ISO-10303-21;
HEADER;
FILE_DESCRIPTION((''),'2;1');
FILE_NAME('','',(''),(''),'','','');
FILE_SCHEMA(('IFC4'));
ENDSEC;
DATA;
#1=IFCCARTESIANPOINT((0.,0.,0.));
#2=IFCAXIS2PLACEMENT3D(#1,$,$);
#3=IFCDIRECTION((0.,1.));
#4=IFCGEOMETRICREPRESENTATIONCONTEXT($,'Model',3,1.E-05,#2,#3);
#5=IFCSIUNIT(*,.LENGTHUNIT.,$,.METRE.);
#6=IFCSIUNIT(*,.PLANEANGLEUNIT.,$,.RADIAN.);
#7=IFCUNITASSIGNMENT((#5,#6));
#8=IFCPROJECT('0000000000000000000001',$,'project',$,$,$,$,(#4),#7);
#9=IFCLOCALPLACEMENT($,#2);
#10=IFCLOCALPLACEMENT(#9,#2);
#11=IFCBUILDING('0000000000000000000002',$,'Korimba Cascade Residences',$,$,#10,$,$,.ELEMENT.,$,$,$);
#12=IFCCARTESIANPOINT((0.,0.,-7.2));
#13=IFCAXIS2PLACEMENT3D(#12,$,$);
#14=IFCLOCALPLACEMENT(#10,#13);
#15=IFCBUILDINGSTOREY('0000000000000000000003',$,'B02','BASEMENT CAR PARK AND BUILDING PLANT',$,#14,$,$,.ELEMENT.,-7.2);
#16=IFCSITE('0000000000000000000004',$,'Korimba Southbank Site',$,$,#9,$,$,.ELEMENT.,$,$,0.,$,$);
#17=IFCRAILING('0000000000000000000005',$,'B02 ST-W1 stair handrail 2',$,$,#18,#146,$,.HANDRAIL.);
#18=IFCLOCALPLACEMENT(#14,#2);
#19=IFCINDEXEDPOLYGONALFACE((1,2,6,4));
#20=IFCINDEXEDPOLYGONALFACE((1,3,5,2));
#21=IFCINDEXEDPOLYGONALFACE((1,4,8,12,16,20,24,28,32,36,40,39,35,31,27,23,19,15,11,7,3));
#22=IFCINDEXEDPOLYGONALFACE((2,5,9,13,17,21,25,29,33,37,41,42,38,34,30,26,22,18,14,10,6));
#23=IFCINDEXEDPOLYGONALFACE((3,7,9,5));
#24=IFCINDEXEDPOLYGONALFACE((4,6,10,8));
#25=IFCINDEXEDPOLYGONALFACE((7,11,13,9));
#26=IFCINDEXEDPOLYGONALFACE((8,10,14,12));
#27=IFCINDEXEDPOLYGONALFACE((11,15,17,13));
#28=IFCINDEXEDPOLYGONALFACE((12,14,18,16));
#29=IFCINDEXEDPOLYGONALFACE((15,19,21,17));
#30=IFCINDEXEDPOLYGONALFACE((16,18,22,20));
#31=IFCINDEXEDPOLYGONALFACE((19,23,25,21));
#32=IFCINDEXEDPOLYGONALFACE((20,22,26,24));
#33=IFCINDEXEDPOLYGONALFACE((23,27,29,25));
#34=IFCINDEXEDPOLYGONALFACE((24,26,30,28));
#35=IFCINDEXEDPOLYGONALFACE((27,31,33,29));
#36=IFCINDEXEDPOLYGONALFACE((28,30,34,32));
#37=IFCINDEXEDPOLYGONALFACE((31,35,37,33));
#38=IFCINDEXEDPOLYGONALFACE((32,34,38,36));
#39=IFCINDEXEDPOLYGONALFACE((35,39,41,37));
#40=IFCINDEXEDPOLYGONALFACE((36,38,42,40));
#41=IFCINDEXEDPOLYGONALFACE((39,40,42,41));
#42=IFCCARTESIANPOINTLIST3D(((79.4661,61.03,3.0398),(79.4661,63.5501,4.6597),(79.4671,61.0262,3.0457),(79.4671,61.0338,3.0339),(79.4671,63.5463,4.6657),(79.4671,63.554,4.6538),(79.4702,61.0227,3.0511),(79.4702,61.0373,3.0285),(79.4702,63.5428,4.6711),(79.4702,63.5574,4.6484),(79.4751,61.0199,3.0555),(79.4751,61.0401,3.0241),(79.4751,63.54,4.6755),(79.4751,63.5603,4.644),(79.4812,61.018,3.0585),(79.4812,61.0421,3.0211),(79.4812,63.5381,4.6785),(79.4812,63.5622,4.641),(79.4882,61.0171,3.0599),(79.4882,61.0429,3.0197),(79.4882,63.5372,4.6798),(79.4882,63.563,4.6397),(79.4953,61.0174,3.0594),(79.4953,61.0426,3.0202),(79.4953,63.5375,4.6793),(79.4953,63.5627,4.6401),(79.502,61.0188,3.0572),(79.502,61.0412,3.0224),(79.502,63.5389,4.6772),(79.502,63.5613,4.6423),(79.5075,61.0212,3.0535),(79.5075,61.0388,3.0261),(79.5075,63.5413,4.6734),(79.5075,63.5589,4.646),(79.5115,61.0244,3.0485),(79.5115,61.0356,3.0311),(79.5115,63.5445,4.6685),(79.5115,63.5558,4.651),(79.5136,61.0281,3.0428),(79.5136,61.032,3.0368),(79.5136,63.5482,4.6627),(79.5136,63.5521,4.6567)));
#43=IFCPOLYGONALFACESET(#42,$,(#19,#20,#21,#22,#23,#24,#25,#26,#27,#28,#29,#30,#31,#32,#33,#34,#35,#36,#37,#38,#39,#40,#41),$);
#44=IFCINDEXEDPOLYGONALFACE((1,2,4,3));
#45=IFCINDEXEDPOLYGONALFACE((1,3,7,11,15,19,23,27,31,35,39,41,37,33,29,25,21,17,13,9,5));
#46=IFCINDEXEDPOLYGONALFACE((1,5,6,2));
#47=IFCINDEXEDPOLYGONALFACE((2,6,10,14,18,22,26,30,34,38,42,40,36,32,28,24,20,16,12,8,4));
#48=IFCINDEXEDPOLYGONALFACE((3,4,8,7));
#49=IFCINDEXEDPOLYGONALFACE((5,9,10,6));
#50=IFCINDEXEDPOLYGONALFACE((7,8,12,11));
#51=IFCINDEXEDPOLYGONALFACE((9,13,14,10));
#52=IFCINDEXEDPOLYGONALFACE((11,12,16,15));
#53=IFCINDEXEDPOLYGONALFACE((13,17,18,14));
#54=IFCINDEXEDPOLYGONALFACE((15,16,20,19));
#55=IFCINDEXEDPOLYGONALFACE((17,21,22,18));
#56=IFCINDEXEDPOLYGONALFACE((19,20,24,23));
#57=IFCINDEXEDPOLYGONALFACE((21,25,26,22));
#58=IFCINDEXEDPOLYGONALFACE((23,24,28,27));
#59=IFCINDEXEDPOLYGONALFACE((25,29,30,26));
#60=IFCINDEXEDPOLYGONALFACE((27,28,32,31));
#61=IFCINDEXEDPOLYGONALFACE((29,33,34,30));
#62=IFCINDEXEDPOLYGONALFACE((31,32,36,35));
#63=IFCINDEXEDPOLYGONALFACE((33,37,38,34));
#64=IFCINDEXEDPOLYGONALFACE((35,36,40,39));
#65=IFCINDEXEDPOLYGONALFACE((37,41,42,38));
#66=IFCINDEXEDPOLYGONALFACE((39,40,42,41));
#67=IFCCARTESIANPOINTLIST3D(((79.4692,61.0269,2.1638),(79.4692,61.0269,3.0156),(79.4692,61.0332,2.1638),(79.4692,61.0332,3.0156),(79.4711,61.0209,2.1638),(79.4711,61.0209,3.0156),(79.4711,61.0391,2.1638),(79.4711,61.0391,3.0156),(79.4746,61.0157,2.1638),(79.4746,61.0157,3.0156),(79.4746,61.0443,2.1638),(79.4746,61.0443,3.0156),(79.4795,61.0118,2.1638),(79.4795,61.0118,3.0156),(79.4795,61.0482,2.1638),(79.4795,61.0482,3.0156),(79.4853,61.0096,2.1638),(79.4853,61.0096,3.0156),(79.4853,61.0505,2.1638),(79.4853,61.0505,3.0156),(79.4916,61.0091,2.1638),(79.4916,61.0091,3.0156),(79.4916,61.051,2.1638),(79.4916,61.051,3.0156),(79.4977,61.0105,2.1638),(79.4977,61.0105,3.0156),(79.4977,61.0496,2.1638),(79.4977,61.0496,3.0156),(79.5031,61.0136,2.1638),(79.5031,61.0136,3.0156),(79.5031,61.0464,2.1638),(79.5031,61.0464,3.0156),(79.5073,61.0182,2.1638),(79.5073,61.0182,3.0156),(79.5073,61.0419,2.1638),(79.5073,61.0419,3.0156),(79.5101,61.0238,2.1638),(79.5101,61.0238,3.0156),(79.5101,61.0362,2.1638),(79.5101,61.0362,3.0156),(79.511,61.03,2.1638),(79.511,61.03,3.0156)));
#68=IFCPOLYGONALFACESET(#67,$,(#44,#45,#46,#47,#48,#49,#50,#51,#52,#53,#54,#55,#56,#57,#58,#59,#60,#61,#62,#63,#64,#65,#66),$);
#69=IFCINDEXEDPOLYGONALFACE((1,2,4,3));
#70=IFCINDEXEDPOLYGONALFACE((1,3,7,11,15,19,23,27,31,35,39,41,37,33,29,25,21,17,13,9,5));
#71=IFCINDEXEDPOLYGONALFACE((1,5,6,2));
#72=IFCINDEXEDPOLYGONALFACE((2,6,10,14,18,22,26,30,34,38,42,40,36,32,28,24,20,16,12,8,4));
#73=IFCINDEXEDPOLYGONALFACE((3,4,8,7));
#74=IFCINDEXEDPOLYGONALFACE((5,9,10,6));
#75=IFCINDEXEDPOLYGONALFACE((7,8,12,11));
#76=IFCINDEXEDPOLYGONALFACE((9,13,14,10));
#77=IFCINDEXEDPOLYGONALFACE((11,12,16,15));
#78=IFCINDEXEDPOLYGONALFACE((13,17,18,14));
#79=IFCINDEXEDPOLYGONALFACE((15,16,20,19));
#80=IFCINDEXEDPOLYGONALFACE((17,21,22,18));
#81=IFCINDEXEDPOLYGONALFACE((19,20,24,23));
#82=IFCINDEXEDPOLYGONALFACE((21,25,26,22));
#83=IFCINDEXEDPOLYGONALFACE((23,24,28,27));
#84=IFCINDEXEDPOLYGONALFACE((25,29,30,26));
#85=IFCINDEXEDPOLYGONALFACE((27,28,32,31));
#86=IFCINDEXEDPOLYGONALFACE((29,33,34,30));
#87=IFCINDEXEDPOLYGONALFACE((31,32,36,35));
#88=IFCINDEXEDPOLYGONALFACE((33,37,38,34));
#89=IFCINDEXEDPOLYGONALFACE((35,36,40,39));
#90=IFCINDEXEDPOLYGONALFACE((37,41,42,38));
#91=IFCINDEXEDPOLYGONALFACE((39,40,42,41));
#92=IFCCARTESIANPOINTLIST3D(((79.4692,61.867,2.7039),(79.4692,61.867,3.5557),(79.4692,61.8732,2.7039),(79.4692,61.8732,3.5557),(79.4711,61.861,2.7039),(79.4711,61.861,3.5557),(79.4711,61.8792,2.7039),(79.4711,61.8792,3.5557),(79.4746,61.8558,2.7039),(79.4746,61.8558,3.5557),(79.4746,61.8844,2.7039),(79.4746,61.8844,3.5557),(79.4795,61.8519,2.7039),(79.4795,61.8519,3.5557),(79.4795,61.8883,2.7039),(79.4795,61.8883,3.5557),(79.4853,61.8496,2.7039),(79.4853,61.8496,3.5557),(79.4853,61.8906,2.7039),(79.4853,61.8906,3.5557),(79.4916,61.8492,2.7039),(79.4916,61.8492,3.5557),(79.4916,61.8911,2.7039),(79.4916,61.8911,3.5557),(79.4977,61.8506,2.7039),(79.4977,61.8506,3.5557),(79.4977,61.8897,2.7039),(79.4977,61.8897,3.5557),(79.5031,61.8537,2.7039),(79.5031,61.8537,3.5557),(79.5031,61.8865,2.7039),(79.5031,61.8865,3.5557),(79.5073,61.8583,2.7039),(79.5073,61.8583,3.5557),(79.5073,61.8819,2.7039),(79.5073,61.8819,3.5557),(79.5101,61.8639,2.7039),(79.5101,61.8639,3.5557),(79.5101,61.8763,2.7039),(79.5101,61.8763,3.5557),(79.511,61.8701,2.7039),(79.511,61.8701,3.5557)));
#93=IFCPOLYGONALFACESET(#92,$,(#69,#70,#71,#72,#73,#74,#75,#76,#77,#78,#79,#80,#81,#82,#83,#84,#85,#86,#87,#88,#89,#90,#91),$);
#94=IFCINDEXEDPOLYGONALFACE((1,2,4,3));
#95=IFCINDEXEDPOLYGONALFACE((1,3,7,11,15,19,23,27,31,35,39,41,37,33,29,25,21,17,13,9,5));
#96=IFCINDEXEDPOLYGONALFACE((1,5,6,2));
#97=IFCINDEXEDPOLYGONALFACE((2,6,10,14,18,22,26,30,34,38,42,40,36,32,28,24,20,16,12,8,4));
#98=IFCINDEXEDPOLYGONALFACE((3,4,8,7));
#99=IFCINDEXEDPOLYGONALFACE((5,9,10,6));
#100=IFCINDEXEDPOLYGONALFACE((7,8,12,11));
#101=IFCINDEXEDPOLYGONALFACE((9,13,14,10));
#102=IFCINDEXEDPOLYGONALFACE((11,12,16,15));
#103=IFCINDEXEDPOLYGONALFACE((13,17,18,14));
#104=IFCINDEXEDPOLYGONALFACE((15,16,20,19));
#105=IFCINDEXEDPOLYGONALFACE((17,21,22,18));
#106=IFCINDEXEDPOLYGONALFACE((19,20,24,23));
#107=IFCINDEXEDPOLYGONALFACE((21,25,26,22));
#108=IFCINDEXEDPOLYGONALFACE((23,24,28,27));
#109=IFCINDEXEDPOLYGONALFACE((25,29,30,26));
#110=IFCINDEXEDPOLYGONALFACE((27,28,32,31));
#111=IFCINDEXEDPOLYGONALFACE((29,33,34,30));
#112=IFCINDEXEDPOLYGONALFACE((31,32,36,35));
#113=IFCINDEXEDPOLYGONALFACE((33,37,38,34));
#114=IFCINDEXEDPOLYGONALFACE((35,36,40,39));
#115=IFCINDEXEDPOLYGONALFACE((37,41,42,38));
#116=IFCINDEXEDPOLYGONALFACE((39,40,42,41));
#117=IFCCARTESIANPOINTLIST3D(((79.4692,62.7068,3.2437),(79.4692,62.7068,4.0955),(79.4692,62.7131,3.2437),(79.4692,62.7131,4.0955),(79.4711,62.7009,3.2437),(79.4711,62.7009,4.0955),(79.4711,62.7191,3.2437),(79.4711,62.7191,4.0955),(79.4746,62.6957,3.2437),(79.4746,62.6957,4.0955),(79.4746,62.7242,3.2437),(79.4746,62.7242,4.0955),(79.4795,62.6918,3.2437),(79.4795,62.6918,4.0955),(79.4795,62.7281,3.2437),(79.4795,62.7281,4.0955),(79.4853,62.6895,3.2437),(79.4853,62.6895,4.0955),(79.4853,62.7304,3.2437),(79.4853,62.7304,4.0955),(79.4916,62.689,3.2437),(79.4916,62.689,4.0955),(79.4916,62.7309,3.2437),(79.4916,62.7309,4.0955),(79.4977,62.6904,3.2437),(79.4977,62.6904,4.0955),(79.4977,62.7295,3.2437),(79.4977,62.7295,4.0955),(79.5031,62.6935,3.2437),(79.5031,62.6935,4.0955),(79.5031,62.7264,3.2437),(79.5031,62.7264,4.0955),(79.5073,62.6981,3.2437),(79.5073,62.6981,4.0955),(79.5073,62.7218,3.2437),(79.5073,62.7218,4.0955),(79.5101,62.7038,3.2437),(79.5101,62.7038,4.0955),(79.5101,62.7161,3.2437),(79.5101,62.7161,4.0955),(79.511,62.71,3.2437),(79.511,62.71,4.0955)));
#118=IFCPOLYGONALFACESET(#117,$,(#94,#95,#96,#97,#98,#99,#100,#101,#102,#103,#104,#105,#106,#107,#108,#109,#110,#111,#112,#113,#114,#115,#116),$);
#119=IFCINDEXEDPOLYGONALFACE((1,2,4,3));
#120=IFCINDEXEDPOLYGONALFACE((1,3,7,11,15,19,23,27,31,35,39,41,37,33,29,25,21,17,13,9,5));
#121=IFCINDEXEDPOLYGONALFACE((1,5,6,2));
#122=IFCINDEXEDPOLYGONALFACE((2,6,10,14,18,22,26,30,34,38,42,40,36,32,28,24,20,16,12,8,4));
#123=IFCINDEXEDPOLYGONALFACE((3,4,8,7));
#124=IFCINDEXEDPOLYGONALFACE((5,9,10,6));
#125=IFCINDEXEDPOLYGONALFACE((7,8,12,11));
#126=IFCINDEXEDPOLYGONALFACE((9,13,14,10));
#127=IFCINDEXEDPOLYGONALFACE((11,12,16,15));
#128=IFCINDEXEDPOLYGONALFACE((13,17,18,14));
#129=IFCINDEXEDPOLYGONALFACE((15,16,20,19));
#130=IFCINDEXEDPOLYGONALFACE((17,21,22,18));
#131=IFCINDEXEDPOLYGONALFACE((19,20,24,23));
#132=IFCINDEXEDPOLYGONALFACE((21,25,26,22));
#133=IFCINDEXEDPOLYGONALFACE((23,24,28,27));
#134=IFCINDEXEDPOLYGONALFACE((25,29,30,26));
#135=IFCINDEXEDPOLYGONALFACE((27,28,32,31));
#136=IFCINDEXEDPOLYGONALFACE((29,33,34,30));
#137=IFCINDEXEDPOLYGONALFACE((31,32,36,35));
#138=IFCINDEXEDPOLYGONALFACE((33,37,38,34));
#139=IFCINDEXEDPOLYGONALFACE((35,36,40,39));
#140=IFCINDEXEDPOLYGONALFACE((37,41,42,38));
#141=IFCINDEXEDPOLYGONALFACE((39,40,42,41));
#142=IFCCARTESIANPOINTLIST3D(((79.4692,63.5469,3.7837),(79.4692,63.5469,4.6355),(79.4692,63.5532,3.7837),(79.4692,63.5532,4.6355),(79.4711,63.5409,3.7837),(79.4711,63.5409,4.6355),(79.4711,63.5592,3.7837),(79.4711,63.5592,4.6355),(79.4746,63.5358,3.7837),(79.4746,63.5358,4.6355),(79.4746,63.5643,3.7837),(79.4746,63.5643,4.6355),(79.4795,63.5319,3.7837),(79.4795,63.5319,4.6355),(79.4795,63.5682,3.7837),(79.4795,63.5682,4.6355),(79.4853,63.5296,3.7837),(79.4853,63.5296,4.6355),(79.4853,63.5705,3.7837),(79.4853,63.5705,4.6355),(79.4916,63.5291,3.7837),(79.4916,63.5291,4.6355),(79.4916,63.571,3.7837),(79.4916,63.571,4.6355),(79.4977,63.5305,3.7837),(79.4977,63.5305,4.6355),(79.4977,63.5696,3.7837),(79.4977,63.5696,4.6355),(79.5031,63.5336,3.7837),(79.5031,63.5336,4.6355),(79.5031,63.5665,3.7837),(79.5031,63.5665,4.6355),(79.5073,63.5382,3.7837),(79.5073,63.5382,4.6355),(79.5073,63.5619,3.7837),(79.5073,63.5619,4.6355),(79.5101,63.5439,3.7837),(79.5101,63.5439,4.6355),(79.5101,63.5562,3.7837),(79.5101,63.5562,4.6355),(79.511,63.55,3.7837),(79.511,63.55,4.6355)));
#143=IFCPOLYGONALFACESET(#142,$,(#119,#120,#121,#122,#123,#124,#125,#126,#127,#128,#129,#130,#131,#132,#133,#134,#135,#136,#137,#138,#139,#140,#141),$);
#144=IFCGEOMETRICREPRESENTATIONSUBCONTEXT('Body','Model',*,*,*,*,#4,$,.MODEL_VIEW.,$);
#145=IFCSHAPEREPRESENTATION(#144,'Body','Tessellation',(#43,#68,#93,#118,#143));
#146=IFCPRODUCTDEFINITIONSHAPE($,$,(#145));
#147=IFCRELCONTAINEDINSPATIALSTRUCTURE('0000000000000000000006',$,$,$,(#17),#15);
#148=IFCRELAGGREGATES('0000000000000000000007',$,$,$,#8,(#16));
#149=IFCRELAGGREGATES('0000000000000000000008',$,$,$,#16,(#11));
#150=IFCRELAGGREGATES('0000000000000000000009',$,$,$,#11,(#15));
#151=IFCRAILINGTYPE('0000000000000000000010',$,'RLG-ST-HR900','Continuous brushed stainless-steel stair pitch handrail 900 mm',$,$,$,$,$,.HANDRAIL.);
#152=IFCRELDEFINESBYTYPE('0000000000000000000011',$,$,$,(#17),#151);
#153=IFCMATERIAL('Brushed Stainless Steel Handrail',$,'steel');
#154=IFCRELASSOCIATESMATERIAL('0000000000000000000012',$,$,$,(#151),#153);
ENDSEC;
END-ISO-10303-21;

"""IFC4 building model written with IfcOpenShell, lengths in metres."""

from ifc_helpers import new_model, si_unit, direction, frame, origin, origin_2d, place, context, subcontext, project, spatial, circle, extrude, material, type_object, element, save


model = new_model("IFC4")

# Units and contexts
model_context = context("Model", 3, precision=1e-05, world=origin(), true_north=direction((0.0, 1.0)))
body_context = subcontext(model_context, "Body", "Model", "MODEL_VIEW")
ifc_project = project(units=[si_unit("LENGTHUNIT", "METRE"), si_unit("PLANEANGLEUNIT", "RADIAN")], contexts=[model_context])

# Site, building, storey
site_placement = place(None, origin())
site = spatial("IfcSite", under=ifc_project, at=site_placement, Name="Korimba Southbank Site", CompositionType="ELEMENT", RefElevation=0.0)
building_placement = place(site_placement, origin())
building = spatial("IfcBuilding", under=site, at=building_placement, Name="Korimba Cascade Residences", CompositionType="ELEMENT")
storey_placement = place(building_placement, frame((0.0, 0.0, -7.2)))
storey = spatial("IfcBuildingStorey", under=building, at=storey_placement, Name="B02", Description="BASEMENT CAR PARK AND BUILDING PLANT", CompositionType="ELEMENT", Elevation=-7.2)

# Railing
ifc_material_1 = material(Name="Brushed Stainless Steel Handrail", Category="steel")
railing_type_1 = type_object("IfcRailingType", Name="RLG-ST-HR900", Description="Continuous brushed stainless-steel stair pitch handrail 900 mm", PredefinedType="HANDRAIL", material=ifc_material_1)
railing_1_placement = place(storey_placement, frame((79.49, 61.03, 2.1638)))
element("IfcRailing", 1, at=railing_1_placement, inside=storey, type_object=railing_type_1, Name="B02 ST-W1 stair handrail 2", PredefinedType="HANDRAIL", context=body_context, shape_type="SweptSolid", body=[
    extrude(circle(Radius=0.0239, at=origin_2d()), frame((0.0, 0.0, 0.876), z_axis=(0.0, 0.8412, 0.540725), x_axis=(-1.0, 0.0, 0.0)), (0.0, 0.0, 1.0), 2.9958),
    extrude(circle(Radius=0.021, at=origin_2d()), origin(), (0.0, 0.0, 1.0), 0.8518),
    extrude(circle(Radius=0.021, at=origin_2d()), frame((0.0, 0.8401, 0.54)), (0.0, 0.0, 1.0), 0.8518),
    extrude(circle(Radius=0.021, at=origin_2d()), frame((0.0, 1.6799, 1.0798)), (0.0, 0.0, 1.0), 0.8518),
    extrude(circle(Radius=0.021, at=origin_2d()), frame((0.0, 2.52, 1.6199)), (0.0, 0.0, 1.0), 0.8518),
])

save(model, "model.ifc")
